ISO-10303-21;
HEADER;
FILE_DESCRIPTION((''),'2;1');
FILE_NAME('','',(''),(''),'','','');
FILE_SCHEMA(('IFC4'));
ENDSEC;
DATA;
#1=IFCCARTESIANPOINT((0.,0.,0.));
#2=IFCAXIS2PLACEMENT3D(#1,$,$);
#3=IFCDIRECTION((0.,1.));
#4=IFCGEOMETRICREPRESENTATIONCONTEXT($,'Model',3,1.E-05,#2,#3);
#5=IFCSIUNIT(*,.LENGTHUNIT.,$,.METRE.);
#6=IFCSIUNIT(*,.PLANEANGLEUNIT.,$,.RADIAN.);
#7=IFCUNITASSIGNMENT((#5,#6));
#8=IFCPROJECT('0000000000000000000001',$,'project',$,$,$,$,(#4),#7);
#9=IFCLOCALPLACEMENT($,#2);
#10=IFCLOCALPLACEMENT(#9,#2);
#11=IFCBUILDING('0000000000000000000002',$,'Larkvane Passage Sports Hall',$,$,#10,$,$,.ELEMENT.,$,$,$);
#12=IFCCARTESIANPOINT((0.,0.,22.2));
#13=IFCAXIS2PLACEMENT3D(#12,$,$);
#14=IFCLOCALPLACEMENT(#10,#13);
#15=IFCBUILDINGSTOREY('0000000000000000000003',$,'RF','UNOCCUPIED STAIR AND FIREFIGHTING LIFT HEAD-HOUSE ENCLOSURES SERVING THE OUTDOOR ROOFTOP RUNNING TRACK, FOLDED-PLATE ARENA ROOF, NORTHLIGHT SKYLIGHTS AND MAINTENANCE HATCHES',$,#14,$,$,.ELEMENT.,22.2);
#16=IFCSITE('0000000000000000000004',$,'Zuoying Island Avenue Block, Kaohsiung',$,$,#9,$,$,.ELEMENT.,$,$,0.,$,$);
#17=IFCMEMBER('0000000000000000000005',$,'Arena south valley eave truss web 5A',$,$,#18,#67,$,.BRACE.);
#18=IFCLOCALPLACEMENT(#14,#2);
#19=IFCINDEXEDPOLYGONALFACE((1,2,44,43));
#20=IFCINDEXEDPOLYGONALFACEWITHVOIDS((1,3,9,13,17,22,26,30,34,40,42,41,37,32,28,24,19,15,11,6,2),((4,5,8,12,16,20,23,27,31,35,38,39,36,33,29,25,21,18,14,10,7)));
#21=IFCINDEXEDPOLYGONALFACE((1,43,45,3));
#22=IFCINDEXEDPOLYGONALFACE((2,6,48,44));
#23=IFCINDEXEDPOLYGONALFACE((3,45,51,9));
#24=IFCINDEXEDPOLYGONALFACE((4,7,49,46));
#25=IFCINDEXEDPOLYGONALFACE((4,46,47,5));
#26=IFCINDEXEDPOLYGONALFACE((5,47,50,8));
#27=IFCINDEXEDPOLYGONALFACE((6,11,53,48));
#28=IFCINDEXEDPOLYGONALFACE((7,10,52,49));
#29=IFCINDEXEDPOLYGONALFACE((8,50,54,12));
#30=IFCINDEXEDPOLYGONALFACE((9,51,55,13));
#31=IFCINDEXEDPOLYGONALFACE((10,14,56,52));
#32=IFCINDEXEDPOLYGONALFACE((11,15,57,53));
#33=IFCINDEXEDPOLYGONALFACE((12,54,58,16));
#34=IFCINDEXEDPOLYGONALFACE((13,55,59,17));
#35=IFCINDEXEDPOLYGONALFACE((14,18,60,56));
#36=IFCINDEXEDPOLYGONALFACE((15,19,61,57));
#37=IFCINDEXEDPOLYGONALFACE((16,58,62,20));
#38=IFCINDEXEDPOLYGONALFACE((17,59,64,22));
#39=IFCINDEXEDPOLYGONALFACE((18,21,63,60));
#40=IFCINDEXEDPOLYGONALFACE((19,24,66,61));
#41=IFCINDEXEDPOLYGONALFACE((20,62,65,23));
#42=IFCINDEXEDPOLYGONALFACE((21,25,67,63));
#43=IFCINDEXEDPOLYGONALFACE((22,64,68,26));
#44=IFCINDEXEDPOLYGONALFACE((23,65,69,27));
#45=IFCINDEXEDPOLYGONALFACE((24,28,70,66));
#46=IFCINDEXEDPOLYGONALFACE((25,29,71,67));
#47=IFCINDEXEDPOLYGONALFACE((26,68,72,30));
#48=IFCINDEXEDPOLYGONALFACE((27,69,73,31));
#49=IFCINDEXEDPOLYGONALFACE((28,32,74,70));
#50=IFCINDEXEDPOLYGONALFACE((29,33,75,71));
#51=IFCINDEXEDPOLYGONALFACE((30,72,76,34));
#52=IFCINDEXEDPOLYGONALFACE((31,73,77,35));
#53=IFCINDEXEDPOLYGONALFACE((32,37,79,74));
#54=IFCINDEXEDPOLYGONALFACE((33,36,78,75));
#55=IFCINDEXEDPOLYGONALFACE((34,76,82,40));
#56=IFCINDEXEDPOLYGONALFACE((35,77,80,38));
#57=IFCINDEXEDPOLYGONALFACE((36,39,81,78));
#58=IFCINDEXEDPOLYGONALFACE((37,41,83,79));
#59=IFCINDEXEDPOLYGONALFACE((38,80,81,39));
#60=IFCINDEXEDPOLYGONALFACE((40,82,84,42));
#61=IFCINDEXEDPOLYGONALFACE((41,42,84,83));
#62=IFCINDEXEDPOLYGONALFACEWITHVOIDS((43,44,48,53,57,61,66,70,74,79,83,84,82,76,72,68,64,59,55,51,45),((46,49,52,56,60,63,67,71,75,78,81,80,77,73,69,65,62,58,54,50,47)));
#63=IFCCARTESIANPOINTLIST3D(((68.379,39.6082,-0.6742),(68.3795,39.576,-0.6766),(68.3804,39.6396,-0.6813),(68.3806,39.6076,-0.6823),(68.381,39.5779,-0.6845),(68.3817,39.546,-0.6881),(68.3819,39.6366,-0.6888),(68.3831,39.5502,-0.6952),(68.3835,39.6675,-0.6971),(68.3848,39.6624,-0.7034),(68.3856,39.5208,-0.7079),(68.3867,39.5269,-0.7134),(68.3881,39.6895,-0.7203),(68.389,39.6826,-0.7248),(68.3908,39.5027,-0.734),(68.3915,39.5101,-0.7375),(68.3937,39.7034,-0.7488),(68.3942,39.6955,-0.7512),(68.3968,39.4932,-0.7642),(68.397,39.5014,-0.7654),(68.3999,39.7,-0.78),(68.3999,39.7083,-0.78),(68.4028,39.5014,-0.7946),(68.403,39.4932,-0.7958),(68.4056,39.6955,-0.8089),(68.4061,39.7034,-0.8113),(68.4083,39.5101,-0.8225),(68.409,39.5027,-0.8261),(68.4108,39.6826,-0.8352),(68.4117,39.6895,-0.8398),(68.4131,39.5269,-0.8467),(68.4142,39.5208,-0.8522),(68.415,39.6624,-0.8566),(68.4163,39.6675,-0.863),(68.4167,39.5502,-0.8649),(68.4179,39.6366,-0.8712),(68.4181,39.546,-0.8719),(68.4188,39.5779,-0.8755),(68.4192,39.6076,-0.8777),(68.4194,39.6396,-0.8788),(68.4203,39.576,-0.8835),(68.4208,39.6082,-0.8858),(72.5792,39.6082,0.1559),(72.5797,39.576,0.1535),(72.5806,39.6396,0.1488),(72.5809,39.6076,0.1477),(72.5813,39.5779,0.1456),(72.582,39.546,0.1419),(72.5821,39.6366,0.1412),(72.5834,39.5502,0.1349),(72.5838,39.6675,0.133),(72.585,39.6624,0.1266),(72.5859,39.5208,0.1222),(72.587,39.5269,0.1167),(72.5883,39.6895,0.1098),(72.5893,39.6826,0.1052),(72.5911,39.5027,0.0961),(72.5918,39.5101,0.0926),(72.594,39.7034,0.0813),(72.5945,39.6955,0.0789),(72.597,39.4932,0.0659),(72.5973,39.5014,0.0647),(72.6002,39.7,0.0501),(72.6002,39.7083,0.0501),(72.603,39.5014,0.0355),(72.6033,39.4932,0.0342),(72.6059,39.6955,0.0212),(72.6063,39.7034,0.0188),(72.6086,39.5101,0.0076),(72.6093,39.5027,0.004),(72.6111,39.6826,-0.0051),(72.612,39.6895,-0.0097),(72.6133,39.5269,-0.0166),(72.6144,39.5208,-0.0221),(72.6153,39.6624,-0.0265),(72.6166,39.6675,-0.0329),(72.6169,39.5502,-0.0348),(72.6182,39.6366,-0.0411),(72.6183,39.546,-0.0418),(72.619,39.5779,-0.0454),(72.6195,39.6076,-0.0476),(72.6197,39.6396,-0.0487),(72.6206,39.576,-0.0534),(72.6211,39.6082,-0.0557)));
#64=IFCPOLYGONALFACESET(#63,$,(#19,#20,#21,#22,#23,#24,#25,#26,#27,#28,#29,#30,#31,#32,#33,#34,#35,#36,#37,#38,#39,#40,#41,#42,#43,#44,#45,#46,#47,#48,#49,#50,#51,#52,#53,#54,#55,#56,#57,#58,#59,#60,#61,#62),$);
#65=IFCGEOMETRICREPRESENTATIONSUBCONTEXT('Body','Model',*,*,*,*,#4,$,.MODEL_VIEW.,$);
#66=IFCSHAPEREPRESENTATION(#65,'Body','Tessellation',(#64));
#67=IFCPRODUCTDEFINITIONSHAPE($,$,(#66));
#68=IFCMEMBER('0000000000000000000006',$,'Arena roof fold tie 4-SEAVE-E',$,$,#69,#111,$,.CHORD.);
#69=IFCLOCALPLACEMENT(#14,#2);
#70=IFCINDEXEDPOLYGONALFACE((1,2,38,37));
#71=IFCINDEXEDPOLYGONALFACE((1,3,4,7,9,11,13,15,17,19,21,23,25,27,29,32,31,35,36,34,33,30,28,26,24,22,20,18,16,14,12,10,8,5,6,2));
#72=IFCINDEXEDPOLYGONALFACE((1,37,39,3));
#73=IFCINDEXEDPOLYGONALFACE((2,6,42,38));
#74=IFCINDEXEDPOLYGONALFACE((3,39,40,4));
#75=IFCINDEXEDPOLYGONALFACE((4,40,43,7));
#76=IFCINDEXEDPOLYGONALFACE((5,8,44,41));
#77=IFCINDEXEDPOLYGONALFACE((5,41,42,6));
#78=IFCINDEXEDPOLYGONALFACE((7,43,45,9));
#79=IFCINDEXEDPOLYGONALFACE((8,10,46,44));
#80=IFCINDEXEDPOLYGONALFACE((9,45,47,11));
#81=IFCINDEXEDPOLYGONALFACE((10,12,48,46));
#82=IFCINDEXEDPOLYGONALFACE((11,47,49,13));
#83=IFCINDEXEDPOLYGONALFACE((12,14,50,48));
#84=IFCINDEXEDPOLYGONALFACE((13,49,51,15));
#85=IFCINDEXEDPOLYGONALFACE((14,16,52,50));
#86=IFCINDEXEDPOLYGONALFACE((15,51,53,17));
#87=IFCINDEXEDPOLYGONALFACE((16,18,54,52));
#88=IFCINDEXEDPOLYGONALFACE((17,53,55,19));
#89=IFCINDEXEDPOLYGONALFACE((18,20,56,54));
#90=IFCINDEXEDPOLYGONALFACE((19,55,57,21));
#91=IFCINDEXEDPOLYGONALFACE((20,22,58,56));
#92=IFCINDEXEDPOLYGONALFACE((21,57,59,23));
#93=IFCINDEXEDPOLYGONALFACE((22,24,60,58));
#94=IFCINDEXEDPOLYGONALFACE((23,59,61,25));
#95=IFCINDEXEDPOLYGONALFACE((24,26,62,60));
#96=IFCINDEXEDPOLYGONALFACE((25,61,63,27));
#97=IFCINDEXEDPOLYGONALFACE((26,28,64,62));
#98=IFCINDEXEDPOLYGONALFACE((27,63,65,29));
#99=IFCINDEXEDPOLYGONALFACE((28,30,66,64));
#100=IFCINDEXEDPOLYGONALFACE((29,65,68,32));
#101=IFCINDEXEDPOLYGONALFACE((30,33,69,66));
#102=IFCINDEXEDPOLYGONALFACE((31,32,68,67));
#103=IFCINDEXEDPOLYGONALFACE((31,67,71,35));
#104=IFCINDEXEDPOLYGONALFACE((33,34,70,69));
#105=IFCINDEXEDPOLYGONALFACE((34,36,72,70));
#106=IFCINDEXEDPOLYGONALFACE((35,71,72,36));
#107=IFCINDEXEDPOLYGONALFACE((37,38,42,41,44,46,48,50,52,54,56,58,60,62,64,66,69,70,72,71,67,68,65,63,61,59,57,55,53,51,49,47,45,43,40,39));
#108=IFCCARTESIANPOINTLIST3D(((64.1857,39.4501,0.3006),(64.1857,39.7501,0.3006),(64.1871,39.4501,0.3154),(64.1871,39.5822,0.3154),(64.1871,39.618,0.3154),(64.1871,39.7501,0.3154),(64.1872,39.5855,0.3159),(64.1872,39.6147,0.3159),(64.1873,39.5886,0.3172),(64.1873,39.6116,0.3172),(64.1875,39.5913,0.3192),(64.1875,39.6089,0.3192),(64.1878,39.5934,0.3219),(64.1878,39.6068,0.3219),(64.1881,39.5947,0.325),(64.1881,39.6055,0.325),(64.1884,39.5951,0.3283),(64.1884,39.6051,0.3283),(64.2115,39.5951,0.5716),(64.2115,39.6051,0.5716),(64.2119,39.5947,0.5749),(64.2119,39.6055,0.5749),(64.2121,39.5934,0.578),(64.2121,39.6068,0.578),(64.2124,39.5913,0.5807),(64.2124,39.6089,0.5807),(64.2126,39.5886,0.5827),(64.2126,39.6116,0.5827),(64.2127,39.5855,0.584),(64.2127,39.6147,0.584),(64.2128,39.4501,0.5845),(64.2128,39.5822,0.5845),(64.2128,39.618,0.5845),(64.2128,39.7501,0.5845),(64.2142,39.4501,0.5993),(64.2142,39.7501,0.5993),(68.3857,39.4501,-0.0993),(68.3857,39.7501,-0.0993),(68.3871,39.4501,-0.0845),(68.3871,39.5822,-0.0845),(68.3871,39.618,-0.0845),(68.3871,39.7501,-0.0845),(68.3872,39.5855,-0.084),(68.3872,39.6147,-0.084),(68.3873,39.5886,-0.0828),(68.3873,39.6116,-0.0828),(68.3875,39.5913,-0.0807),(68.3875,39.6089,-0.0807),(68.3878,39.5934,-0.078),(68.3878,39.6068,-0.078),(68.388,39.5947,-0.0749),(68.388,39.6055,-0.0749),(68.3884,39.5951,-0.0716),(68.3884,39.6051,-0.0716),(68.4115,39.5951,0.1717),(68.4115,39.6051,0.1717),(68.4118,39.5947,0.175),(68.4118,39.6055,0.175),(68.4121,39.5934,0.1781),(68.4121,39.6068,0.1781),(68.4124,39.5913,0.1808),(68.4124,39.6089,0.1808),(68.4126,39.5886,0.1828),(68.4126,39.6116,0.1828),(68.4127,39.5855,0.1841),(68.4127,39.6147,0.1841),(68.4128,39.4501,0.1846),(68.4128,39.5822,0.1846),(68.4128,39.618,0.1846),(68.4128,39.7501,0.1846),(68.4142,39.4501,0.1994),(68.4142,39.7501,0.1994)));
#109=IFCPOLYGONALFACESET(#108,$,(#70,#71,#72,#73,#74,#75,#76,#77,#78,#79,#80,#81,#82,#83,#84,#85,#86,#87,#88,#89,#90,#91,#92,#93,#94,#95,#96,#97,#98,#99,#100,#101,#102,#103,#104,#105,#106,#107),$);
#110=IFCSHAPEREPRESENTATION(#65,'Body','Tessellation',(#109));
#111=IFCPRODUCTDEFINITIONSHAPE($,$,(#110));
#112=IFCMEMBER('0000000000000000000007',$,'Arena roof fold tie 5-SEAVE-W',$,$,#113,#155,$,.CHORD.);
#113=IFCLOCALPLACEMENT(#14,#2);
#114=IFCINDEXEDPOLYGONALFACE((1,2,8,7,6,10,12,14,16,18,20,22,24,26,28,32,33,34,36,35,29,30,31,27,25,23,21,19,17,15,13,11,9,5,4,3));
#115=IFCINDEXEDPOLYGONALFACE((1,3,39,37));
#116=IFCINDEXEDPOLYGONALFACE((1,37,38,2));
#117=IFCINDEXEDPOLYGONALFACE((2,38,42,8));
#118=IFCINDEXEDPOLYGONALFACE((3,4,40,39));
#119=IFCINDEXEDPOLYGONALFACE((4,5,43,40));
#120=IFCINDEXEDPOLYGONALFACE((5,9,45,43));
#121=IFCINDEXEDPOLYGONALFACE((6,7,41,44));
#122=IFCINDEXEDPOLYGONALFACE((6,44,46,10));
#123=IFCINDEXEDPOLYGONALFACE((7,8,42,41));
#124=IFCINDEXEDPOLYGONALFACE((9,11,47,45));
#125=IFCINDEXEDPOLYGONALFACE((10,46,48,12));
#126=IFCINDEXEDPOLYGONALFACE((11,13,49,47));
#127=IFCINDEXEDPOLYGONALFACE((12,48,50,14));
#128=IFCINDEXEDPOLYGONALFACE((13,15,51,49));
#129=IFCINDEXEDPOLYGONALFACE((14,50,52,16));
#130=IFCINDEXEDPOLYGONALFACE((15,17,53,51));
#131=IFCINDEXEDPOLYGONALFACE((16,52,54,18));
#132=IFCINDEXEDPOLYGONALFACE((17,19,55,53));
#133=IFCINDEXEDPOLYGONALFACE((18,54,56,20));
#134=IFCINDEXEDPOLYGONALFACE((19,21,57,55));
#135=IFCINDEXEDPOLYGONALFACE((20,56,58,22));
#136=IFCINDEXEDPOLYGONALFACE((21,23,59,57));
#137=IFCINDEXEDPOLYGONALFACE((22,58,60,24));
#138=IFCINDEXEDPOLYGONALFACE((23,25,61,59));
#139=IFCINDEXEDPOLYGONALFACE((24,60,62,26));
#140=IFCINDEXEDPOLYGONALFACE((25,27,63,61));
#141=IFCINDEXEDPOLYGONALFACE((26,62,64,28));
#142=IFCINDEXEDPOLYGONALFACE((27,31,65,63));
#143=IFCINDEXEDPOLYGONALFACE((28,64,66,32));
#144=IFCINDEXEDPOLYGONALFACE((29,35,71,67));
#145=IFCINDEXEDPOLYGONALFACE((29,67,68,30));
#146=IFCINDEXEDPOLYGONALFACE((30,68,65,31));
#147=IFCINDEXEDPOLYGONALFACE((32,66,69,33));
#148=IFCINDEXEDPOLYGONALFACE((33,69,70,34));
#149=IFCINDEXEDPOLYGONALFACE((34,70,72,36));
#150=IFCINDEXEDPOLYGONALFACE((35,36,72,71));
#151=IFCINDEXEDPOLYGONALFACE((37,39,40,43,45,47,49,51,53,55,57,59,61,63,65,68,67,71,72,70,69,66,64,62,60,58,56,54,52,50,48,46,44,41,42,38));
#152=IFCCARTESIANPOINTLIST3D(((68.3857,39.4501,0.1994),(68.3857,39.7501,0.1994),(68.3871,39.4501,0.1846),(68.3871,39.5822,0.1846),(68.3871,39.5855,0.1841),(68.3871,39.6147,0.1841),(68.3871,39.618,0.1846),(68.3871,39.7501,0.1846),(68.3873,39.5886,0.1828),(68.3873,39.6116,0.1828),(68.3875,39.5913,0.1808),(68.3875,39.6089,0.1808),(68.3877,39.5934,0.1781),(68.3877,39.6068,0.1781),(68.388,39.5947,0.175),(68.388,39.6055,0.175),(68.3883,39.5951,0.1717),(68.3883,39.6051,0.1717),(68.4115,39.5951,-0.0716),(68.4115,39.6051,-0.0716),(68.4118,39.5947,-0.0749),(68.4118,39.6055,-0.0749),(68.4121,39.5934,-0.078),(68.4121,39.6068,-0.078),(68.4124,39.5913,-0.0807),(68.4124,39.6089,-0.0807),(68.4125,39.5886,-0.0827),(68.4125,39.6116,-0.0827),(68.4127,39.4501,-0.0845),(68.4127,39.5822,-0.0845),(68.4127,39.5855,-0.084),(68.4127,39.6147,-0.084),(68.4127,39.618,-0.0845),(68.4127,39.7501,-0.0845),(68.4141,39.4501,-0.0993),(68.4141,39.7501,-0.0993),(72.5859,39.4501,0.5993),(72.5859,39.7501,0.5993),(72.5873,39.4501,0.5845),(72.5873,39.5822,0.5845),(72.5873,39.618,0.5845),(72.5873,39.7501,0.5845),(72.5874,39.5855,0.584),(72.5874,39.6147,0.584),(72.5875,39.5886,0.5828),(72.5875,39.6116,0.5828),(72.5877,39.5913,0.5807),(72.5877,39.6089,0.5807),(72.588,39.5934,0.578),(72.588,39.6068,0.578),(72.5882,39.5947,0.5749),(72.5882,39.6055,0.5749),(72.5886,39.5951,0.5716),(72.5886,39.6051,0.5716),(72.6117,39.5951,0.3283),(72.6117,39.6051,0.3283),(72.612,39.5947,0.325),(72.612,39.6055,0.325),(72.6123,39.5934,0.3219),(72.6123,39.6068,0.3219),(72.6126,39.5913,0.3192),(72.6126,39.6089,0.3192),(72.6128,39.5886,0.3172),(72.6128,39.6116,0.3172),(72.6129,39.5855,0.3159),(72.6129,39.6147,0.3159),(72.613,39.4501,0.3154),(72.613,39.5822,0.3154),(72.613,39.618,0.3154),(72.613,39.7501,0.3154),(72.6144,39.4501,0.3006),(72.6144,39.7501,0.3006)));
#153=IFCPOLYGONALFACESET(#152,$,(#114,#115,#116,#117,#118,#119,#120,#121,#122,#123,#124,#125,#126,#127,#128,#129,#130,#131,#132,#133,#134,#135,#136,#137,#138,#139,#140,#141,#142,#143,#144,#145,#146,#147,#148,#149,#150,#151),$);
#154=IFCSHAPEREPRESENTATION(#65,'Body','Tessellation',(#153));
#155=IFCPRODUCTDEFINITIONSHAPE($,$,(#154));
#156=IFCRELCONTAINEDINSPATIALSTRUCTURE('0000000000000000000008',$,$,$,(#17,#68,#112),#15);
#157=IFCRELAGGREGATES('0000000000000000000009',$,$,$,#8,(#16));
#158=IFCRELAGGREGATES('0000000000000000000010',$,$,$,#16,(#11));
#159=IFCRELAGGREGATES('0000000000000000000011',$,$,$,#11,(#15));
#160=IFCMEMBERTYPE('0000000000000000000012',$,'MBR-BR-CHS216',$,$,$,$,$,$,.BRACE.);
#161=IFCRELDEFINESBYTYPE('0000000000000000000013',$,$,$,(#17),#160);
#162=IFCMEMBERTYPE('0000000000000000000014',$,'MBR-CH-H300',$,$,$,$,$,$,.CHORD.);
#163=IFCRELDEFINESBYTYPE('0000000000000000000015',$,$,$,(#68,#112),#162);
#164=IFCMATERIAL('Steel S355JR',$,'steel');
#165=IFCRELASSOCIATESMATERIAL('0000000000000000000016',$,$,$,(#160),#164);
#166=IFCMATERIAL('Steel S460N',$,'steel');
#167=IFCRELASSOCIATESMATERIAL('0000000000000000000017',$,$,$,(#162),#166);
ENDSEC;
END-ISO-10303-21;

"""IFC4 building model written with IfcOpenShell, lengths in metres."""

from ifc_helpers import new_model, si_unit, direction, frame, origin, origin_2d, place, context, subcontext, project, spatial, hollow_circle, i_section, extrude, material, material_profile, profile_set, type_object, element, save


model = new_model("IFC4")

# Units and contexts
model_context = context("Model", 3, precision=1e-05, world=origin(), true_north=direction((0.0, 1.0)))
body_context = subcontext(model_context, "Body", "Model", "MODEL_VIEW")
ifc_project = project(units=[si_unit("LENGTHUNIT", "METRE"), si_unit("PLANEANGLEUNIT", "RADIAN")], contexts=[model_context])

# Site, building, storey
site_placement = place(None, origin())
site = spatial("IfcSite", under=ifc_project, at=site_placement, Name="Zuoying Island Avenue Block, Kaohsiung", CompositionType="ELEMENT", RefElevation=0.0)
building_placement = place(site_placement, origin())
building = spatial("IfcBuilding", under=site, at=building_placement, Name="Larkvane Passage Sports Hall", CompositionType="ELEMENT")
storey_placement = place(building_placement, frame((0.0, 0.0, 22.2)))
storey = spatial("IfcBuildingStorey", under=building, at=storey_placement, Name="RF", Description="UNOCCUPIED STAIR AND FIREFIGHTING LIFT HEAD-HOUSE ENCLOSURES SERVING THE OUTDOOR ROOFTOP RUNNING TRACK, FOLDED-PLATE ARENA ROOF, NORTHLIGHT SKYLIGHTS AND MAINTENANCE HATCHES", CompositionType="ELEMENT", Elevation=22.2)

# Shared definitions
ifc_material_1 = material(Name="Steel S355JR", Category="steel")

# Members
ifc_material_profile_1 = material_profile(ifc_material_1, hollow_circle(Radius=0.1082, WallThickness=0.0083, at=origin_2d()), Name="CHS-216.3x8.2")
ifc_profile_set_1 = profile_set([ifc_material_profile_1], Name="Steel S355JR")
member_type_1 = type_object("IfcMemberType", Name="MBR-BR-CHS216", PredefinedType="BRACE", material=ifc_profile_set_1)
member_1_placement = place(storey_placement, frame((68.3999, 39.6001, -0.78), z_axis=(0.981026, 0.0, 0.193879), x_axis=(0.0, 1.0, 0.0)))
element("IfcMember", 1, at=member_1_placement, inside=storey, type_object=member_type_1, Name="Arena south valley eave truss web 5A", PredefinedType="BRACE", context=body_context, shape_type="SweptSolid", body=[
    extrude(hollow_circle(Radius=0.1082, WallThickness=0.0083, at=origin_2d()), origin(), (0.0, 0.0, 1.0), 4.2815),
])
ifc_material_2 = material(Name="Steel S460N", Category="steel")
ifc_material_profile_2 = material_profile(ifc_material_2, i_section(OverallWidth=0.3, OverallDepth=0.3, WebThickness=0.01, FlangeThickness=0.0149, FilletRadius=0.0129, at=origin_2d()), Name="H-300x300x10x15")
ifc_profile_set_2 = profile_set([ifc_material_profile_2], Name="Steel S460N")
member_type_2 = type_object("IfcMemberType", Name="MBR-CH-H300", PredefinedType="CHORD", material=ifc_profile_set_2)
member_2_placement = place(storey_placement, frame((64.2, 39.6001, 0.45), z_axis=(0.995498, 0.0, -0.094787), x_axis=(0.0, 1.0, 0.0)))
element("IfcMember", 2, at=member_2_placement, inside=storey, type_object=member_type_2, Name="Arena roof fold tie 4-SEAVE-E", PredefinedType="CHORD", context=body_context, shape_type="SweptSolid", body=[
    extrude(i_section(OverallWidth=0.3, OverallDepth=0.3, WebThickness=0.01, FlangeThickness=0.0149, FilletRadius=0.0129, at=origin_2d()), origin(), (0.0, 0.0, 1.0), 4.219),
])
member_3_placement = place(storey_placement, frame((68.3999, 39.6001, 0.05), z_axis=(0.995498, 0.0, 0.094782), x_axis=(0.0, 1.0, 0.0)))
element("IfcMember", 3, at=member_3_placement, inside=storey, type_object=member_type_2, Name="Arena roof fold tie 5-SEAVE-W", PredefinedType="CHORD", context=body_context, shape_type="SweptSolid", body=[
    extrude(i_section(OverallWidth=0.3, OverallDepth=0.3, WebThickness=0.01, FlangeThickness=0.0149, FilletRadius=0.0129, at=origin_2d()), origin(), (0.0, 0.0, 1.0), 4.2192),
])

save(model, "model.ifc")
